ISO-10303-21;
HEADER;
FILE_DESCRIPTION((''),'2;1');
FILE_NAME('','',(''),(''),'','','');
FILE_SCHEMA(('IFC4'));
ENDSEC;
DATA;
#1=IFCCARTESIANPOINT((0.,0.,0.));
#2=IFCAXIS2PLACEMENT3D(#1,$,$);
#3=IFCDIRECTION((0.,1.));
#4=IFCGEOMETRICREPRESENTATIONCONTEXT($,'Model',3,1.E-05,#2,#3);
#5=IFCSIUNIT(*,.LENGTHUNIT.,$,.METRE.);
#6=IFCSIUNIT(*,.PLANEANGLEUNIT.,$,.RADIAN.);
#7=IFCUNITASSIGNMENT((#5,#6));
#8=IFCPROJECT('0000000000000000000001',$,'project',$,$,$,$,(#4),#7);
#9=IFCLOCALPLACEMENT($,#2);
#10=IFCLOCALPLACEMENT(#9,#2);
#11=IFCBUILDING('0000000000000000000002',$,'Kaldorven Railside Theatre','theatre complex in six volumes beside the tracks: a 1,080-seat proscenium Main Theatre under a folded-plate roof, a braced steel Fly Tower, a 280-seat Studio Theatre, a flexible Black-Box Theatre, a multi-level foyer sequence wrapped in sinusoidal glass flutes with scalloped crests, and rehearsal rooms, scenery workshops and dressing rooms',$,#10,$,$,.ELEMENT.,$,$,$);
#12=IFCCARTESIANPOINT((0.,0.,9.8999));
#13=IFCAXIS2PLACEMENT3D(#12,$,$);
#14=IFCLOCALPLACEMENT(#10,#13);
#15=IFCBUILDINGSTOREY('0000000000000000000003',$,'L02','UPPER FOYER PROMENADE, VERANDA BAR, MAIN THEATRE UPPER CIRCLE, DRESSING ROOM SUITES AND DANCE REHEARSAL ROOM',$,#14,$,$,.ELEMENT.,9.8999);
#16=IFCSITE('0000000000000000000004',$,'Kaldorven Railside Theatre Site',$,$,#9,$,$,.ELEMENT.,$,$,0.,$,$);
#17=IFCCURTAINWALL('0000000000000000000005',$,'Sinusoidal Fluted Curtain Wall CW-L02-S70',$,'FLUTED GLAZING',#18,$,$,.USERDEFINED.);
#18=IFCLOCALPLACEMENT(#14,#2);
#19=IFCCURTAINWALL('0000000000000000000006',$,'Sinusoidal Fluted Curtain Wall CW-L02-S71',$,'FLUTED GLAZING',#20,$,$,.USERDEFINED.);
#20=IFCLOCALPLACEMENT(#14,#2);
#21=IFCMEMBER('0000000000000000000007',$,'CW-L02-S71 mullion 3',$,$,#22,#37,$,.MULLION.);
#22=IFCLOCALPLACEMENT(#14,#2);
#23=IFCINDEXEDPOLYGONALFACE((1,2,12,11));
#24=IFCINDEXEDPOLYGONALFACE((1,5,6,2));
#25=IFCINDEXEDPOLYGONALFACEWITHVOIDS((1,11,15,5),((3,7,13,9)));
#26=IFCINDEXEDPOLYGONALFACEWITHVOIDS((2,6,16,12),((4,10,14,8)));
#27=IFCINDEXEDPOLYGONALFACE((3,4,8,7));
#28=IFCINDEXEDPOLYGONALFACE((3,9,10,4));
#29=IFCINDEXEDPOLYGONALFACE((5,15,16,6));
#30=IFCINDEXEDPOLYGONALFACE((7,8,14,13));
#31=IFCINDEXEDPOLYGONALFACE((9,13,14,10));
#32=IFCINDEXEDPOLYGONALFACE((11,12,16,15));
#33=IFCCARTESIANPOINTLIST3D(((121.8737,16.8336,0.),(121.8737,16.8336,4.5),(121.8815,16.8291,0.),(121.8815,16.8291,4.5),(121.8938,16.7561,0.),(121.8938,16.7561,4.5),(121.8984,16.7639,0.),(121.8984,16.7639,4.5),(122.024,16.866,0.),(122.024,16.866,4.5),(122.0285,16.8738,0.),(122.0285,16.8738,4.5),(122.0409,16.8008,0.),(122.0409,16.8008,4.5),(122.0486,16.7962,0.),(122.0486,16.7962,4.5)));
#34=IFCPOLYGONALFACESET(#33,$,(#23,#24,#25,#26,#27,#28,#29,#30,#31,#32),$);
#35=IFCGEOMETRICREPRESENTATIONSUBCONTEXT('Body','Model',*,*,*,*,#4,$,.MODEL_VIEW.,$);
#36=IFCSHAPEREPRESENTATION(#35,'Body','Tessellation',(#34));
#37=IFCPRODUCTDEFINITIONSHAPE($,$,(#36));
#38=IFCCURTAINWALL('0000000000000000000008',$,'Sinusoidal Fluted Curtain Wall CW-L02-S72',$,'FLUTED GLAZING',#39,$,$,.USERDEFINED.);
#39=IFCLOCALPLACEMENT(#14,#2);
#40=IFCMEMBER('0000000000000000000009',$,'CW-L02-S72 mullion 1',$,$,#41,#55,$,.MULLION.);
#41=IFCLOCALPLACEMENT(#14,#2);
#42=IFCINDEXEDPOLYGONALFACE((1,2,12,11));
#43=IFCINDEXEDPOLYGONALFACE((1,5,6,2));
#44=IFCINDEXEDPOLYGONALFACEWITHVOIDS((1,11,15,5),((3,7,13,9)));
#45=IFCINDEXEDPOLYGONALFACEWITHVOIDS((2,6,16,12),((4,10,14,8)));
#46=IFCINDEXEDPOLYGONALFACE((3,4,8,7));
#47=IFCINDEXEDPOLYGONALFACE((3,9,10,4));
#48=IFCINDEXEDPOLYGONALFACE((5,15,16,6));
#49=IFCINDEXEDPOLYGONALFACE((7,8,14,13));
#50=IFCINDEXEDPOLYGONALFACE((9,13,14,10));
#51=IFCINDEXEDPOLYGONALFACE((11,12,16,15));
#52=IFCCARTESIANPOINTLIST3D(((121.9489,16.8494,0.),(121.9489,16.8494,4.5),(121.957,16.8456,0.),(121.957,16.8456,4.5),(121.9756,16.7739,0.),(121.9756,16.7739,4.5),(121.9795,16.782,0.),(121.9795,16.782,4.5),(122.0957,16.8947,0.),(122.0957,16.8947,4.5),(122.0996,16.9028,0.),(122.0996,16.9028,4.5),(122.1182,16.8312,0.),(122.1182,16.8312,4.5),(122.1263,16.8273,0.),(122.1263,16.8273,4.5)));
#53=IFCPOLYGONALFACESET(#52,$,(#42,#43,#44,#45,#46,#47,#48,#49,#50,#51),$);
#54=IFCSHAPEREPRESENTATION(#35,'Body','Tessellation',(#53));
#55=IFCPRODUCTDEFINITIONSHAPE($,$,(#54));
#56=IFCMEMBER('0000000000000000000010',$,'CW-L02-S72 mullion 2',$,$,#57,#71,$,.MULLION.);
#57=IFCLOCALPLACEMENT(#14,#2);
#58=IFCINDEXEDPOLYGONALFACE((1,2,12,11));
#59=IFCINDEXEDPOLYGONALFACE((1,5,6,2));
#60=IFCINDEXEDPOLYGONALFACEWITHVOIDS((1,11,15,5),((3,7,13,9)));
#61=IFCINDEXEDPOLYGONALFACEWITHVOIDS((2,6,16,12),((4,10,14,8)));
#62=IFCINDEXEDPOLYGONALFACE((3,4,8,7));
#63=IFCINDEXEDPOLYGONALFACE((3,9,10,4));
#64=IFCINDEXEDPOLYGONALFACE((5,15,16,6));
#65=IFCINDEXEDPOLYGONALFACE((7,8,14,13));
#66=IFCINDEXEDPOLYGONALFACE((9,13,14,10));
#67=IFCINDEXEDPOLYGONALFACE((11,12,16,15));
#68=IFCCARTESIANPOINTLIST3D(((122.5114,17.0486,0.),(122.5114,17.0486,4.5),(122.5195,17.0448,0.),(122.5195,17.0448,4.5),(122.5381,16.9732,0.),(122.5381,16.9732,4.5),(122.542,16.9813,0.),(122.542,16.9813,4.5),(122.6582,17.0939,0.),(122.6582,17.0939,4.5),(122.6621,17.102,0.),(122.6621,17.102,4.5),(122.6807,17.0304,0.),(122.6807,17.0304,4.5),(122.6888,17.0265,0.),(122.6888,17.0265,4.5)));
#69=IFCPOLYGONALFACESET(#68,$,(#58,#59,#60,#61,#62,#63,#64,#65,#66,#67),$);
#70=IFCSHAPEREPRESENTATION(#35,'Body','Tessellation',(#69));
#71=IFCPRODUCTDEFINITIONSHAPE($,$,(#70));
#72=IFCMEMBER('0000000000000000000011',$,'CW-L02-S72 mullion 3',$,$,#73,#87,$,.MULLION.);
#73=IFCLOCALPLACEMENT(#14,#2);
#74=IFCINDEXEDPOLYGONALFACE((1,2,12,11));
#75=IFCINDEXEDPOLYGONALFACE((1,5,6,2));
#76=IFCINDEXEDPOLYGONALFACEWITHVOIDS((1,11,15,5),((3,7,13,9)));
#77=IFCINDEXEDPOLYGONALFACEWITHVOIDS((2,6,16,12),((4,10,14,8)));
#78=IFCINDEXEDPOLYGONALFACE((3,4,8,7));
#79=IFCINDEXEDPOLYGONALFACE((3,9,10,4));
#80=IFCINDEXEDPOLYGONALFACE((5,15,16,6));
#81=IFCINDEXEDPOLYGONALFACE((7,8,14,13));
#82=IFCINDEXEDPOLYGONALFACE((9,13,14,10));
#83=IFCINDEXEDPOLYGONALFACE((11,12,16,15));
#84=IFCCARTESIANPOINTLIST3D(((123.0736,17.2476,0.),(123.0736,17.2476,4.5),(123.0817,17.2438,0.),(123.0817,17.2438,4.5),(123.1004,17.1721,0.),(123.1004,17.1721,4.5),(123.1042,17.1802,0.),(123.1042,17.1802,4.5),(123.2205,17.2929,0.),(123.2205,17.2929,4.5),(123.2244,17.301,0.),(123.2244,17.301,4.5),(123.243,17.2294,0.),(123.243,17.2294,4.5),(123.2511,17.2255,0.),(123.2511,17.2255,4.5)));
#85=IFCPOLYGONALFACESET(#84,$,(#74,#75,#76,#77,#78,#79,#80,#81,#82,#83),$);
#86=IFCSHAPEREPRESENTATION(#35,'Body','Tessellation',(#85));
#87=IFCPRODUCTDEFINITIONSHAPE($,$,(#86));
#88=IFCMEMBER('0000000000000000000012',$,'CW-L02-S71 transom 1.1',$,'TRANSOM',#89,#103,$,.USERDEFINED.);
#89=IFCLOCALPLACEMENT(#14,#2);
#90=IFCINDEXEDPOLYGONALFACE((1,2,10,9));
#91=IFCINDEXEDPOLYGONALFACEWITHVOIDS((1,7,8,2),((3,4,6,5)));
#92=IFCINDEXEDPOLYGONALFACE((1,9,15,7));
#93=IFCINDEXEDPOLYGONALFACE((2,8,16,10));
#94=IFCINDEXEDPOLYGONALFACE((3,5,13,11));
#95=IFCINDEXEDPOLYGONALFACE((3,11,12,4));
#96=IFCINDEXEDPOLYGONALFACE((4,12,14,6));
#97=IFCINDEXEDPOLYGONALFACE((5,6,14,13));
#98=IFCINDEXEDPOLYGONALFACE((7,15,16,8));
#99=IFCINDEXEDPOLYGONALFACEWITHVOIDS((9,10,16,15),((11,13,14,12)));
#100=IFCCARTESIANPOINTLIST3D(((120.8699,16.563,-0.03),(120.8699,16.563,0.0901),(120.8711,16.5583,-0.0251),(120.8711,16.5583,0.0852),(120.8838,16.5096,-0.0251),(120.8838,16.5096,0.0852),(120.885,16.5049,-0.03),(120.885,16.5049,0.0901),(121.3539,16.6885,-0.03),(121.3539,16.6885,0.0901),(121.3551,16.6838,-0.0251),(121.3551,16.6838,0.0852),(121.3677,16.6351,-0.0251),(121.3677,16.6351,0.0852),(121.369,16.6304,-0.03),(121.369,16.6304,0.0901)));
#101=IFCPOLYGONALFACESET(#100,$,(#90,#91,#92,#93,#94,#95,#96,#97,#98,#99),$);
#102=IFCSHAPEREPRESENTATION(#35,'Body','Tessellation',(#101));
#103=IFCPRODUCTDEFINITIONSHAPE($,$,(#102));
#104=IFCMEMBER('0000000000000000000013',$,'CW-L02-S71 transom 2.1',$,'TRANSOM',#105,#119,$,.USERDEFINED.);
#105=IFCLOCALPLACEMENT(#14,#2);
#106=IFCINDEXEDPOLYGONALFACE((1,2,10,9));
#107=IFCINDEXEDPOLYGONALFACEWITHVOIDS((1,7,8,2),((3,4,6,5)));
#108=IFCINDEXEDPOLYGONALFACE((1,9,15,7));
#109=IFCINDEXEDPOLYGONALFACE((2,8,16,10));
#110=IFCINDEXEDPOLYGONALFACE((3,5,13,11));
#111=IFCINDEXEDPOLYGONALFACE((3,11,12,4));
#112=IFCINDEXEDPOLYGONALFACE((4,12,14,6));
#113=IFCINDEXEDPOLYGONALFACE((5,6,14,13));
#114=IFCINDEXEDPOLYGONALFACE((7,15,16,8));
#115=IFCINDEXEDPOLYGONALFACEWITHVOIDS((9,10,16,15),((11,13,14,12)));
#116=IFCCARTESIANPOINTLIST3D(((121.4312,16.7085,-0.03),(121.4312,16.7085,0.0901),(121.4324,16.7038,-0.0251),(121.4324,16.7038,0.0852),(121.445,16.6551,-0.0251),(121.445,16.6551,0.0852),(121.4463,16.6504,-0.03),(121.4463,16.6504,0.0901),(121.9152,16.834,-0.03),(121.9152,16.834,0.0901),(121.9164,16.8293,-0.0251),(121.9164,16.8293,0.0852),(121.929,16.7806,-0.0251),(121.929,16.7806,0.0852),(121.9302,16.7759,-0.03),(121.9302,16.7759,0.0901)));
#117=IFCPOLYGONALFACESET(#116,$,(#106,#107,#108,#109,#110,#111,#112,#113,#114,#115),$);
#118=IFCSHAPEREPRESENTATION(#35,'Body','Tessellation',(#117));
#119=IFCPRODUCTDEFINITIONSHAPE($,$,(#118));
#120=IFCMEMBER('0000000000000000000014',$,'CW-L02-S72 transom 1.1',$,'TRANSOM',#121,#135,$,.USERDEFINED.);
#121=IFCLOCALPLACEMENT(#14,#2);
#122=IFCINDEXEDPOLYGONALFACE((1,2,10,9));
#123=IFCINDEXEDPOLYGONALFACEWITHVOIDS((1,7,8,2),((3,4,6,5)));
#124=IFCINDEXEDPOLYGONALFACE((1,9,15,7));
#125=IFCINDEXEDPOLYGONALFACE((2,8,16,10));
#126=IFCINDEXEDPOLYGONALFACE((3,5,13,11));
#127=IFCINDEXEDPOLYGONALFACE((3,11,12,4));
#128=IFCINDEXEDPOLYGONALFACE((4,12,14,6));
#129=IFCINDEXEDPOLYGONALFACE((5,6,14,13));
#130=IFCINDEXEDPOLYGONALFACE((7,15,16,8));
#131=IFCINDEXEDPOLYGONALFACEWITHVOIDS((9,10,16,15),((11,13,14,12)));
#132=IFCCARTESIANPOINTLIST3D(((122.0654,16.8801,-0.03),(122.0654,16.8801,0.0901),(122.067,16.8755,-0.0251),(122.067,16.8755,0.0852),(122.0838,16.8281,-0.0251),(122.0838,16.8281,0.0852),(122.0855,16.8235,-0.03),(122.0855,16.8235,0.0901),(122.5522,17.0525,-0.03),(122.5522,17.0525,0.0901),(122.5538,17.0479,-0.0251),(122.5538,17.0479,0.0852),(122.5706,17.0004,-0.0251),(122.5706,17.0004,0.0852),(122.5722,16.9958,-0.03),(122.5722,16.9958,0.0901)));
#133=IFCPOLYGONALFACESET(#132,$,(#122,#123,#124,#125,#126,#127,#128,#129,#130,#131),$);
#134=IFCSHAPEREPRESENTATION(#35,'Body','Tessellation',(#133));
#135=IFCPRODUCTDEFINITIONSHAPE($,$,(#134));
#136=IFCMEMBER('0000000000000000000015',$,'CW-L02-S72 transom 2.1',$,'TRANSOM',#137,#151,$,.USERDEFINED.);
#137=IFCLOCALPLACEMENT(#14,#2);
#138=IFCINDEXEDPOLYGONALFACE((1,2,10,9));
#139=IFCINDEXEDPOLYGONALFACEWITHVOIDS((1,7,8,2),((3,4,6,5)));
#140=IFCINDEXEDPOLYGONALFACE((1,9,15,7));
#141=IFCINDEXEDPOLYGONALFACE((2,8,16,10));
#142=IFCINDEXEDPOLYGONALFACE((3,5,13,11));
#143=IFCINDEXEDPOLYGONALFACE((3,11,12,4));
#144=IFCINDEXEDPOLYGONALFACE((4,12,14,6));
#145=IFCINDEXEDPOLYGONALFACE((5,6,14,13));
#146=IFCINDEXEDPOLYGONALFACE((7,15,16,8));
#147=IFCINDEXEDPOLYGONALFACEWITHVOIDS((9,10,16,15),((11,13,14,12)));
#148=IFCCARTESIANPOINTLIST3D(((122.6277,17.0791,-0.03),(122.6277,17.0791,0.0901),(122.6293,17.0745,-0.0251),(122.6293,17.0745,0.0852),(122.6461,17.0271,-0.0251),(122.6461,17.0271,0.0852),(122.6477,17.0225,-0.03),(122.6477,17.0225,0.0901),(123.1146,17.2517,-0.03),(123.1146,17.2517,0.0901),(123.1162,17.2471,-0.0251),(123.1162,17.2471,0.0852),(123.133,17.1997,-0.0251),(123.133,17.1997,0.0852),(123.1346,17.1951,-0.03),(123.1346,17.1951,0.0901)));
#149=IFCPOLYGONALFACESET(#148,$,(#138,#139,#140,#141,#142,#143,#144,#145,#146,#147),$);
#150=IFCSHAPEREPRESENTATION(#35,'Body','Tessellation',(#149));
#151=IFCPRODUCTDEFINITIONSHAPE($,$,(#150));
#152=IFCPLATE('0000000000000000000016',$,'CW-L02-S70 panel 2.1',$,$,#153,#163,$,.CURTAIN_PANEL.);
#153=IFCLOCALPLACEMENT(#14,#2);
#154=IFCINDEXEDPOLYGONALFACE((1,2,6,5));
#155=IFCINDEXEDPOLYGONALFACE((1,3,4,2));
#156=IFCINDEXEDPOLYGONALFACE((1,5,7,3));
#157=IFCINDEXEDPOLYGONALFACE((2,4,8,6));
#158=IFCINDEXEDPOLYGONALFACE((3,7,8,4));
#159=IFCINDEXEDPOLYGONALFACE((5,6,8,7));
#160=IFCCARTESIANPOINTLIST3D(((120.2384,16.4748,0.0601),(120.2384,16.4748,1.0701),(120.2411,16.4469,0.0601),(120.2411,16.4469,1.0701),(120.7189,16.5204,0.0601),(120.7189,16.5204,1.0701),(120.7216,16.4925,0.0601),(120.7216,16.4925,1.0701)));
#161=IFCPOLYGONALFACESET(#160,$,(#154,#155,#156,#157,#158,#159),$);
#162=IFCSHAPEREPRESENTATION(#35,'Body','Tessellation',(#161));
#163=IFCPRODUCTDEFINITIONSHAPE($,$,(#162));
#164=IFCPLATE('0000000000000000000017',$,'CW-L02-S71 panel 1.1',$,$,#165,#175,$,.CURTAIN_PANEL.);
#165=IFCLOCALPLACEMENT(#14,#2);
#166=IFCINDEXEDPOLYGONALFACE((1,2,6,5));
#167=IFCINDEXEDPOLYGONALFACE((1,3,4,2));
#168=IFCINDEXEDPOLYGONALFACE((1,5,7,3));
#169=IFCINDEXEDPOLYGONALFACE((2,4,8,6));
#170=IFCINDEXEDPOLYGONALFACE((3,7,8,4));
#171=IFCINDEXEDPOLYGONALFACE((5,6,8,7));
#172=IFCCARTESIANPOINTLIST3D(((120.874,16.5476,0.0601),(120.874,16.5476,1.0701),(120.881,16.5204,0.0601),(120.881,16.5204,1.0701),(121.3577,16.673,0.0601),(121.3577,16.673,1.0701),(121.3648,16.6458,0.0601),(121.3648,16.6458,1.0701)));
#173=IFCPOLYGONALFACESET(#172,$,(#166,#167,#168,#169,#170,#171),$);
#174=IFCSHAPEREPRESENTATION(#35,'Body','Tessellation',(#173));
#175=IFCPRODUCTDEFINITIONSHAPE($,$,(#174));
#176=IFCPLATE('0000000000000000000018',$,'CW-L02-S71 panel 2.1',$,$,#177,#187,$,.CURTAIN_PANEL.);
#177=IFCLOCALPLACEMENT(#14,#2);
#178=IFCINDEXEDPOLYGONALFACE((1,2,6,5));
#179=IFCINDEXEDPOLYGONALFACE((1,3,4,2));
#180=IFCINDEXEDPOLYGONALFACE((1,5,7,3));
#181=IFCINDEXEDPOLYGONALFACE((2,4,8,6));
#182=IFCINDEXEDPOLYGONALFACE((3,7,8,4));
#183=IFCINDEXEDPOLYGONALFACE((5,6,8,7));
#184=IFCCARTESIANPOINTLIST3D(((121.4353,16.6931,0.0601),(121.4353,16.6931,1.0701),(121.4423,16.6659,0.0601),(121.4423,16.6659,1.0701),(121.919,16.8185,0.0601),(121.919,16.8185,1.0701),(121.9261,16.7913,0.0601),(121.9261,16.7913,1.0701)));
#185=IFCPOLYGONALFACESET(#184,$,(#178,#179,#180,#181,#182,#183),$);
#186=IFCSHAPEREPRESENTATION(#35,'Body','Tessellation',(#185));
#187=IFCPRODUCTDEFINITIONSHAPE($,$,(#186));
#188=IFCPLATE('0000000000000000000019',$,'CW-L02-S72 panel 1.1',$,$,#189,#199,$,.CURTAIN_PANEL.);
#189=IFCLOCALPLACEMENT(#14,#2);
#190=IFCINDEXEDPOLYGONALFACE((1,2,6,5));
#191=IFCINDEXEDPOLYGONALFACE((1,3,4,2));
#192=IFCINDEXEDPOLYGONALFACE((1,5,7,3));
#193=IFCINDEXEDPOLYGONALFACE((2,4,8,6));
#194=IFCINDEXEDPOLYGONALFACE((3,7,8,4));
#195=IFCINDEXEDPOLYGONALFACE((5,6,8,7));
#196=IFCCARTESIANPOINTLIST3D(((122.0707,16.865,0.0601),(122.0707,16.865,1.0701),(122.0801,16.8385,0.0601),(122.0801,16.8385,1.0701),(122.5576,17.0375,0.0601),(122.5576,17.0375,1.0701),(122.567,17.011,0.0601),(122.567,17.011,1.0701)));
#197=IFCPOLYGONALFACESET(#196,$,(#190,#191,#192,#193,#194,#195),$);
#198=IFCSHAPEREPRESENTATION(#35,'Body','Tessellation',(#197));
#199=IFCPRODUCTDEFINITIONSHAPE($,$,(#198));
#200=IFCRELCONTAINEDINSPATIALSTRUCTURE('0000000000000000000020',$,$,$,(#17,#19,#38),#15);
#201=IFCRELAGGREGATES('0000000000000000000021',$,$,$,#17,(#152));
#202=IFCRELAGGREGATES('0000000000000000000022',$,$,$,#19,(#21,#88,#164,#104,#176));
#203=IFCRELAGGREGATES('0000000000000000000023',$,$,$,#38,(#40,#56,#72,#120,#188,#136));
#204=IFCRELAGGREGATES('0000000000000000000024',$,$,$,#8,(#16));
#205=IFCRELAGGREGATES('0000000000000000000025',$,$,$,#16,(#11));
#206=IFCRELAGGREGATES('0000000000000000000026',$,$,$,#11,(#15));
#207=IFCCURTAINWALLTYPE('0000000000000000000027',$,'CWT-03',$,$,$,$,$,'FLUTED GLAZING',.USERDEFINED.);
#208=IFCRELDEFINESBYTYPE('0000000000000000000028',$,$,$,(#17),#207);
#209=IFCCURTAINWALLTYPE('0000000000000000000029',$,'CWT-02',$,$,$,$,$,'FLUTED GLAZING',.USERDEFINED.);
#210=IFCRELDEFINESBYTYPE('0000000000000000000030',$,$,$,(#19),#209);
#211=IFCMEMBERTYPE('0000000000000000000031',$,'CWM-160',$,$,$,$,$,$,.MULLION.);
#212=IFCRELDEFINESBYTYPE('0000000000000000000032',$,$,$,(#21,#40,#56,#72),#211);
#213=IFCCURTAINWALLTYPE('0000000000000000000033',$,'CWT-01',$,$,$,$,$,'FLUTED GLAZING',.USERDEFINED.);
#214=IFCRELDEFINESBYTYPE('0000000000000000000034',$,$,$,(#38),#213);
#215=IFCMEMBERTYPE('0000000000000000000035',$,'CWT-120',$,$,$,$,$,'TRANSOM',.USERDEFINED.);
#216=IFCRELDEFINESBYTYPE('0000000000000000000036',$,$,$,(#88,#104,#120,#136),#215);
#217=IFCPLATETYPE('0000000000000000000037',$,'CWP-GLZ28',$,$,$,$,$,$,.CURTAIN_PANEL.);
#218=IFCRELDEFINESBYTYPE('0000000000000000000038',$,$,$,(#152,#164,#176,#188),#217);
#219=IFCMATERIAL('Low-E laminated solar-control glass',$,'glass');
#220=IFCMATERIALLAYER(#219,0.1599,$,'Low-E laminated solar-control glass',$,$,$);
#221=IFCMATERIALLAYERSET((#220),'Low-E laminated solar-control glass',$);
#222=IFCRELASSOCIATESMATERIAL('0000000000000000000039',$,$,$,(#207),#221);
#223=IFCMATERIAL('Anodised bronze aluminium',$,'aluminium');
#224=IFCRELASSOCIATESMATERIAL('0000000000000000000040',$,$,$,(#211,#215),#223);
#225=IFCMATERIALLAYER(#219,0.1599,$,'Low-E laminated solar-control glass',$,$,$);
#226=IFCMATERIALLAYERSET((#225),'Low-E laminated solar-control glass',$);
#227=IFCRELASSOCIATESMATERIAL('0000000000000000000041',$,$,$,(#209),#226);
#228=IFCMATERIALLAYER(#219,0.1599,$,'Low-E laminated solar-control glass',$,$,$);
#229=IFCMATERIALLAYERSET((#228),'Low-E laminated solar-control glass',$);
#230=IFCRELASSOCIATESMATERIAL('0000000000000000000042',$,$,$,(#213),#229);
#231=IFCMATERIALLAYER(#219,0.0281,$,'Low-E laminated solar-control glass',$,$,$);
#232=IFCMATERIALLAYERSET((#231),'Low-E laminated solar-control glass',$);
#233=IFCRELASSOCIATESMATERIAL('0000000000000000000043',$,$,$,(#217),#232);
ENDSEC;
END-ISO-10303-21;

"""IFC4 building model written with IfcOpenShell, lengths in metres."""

from ifc_helpers import new_model, si_unit, direction, frame, origin, origin_2d, place, context, subcontext, project, spatial, rectangle, hollow_rectangle, extrude, material, layer, layer_set, material_profile, profile_set, type_object, element, aggregate, save


model = new_model("IFC4")

# Units and contexts
model_context = context("Model", 3, precision=1e-05, world=origin(), true_north=direction((0.0, 1.0)))
body_context = subcontext(model_context, "Body", "Model", "MODEL_VIEW")
ifc_project = project(units=[si_unit("LENGTHUNIT", "METRE"), si_unit("PLANEANGLEUNIT", "RADIAN")], contexts=[model_context])

# Site, building, storey
site_placement = place(None, origin())
site = spatial("IfcSite", under=ifc_project, at=site_placement, Name="Kaldorven Railside Theatre Site", CompositionType="ELEMENT", RefElevation=0.0)
building_placement = place(site_placement, origin())
building = spatial("IfcBuilding", under=site, at=building_placement, Name="Kaldorven Railside Theatre", Description="theatre complex in six volumes beside the tracks: a 1,080-seat proscenium Main Theatre under a folded-plate roof, a braced steel Fly Tower, a 280-seat Studio Theatre, a flexible Black-Box Theatre, a multi-level foyer sequence wrapped in sinusoidal glass flutes with scalloped crests, and rehearsal rooms, scenery workshops and dressing rooms", CompositionType="ELEMENT")
storey_placement = place(building_placement, frame((0.0, 0.0, 9.8999)))
storey = spatial("IfcBuildingStorey", under=building, at=storey_placement, Name="L02", Description="UPPER FOYER PROMENADE, VERANDA BAR, MAIN THEATRE UPPER CIRCLE, DRESSING ROOM SUITES AND DANCE REHEARSAL ROOM", CompositionType="ELEMENT", Elevation=9.8999)

# Curtain wall
ifc_material_1 = material(Name="Low-E laminated solar-control glass", Category="glass")
ifc_layer_1 = layer(ifc_material_1, 0.1599, Name="Low-E laminated solar-control glass")
ifc_layer_set_1 = layer_set([ifc_layer_1], Name="Low-E laminated solar-control glass")
curtain_wall_type_1 = type_object("IfcCurtainWallType", Name="CWT-03", ElementType="FLUTED GLAZING", PredefinedType="USERDEFINED", material=ifc_layer_set_1)
curtain_wall_1_placement = place(storey_placement, origin())
curtain_wall_1 = element("IfcCurtainWall", 1, at=curtain_wall_1_placement, inside=storey, type_object=curtain_wall_type_1, Name="Sinusoidal Fluted Curtain Wall CW-L02-S70", ObjectType="FLUTED GLAZING", PredefinedType="USERDEFINED")
ifc_material_2 = material(Name="Anodised bronze aluminium", Category="aluminium")
ifc_material_profile_1 = material_profile(ifc_material_2, hollow_rectangle(XDim=0.0801, YDim=0.1599, WallThickness=0.0063, at=origin_2d()), Name="RHS 160x80x6.3")
ifc_profile_set_1 = profile_set([ifc_material_profile_1], Name="Anodised bronze aluminium")
member_type_1 = type_object("IfcMemberType", Name="CWM-160", PredefinedType="MULLION", material=ifc_profile_set_1)

# Curtain walls, members
ifc_layer_2 = layer(ifc_material_1, 0.1599, Name="Low-E laminated solar-control glass")
ifc_layer_set_2 = layer_set([ifc_layer_2], Name="Low-E laminated solar-control glass")
curtain_wall_type_2 = type_object("IfcCurtainWallType", Name="CWT-02", ElementType="FLUTED GLAZING", PredefinedType="USERDEFINED", material=ifc_layer_set_2)
curtain_wall_2_placement = place(storey_placement, origin())
curtain_wall_2 = element("IfcCurtainWall", 2, at=curtain_wall_2_placement, inside=storey, type_object=curtain_wall_type_2, Name="Sinusoidal Fluted Curtain Wall CW-L02-S71", ObjectType="FLUTED GLAZING", PredefinedType="USERDEFINED")
member_1_placement = place(storey_placement, frame((121.9612, 16.8149, 0.0), z_axis=(0.0, 0.0, 1.0), x_axis=(-0.250954, 0.967999, 0.0)))
member_1 = element("IfcMember", 3, at=member_1_placement, type_object=member_type_1, Name="CW-L02-S71 mullion 3", PredefinedType="MULLION", context=body_context, shape_type="SweptSolid", body=[
    extrude(hollow_rectangle(XDim=0.0801, YDim=0.1599, WallThickness=0.0063, at=origin_2d()), origin(), (0.0, 0.0, 1.0), 4.5),
])
ifc_layer_3 = layer(ifc_material_1, 0.1599, Name="Low-E laminated solar-control glass")
ifc_layer_set_3 = layer_set([ifc_layer_3], Name="Low-E laminated solar-control glass")
curtain_wall_type_3 = type_object("IfcCurtainWallType", Name="CWT-01", ElementType="FLUTED GLAZING", PredefinedType="USERDEFINED", material=ifc_layer_set_3)
curtain_wall_3_placement = place(storey_placement, origin())
curtain_wall_3 = element("IfcCurtainWall", 4, at=curtain_wall_3_placement, inside=storey, type_object=curtain_wall_type_3, Name="Sinusoidal Fluted Curtain Wall CW-L02-S72", ObjectType="FLUTED GLAZING", PredefinedType="USERDEFINED")
member_2_placement = place(storey_placement, frame((122.0376, 16.8384, 0.0), z_axis=(0.0, 0.0, 1.0), x_axis=(-0.333847, 0.942627, 0.0)))
member_2 = element("IfcMember", 5, at=member_2_placement, type_object=member_type_1, Name="CW-L02-S72 mullion 1", PredefinedType="MULLION", context=body_context, shape_type="SweptSolid", body=[
    extrude(hollow_rectangle(XDim=0.0801, YDim=0.1599, WallThickness=0.0063, at=origin_2d()), origin(), (0.0, 0.0, 1.0), 4.5),
])
member_3_placement = place(storey_placement, frame((122.6001, 17.0376, 0.0), z_axis=(0.0, 0.0, 1.0), x_axis=(-0.333847, 0.942627, 0.0)))
member_3 = element("IfcMember", 6, at=member_3_placement, type_object=member_type_1, Name="CW-L02-S72 mullion 2", PredefinedType="MULLION", context=body_context, shape_type="SweptSolid", body=[
    extrude(hollow_rectangle(XDim=0.0801, YDim=0.1599, WallThickness=0.0063, at=origin_2d()), origin(), (0.0, 0.0, 1.0), 4.5),
])
member_4_placement = place(storey_placement, frame((123.1624, 17.2366, 0.0), z_axis=(0.0, 0.0, 1.0), x_axis=(-0.333847, 0.942627, 0.0)))
member_4 = element("IfcMember", 7, at=member_4_placement, type_object=member_type_1, Name="CW-L02-S72 mullion 3", PredefinedType="MULLION", context=body_context, shape_type="SweptSolid", body=[
    extrude(hollow_rectangle(XDim=0.0801, YDim=0.1599, WallThickness=0.0063, at=origin_2d()), origin(), (0.0, 0.0, 1.0), 4.5),
])

# Members
ifc_material_profile_2 = material_profile(ifc_material_2, hollow_rectangle(XDim=0.0601, YDim=0.1201, WallThickness=0.0049, at=origin_2d()), Name="RHS 120x60x5")
ifc_profile_set_2 = profile_set([ifc_material_profile_2], Name="Anodised bronze aluminium")
member_type_2 = type_object("IfcMemberType", Name="CWT-120", ElementType="TRANSOM", PredefinedType="USERDEFINED", material=ifc_profile_set_2)
member_5_placement = place(storey_placement, frame((120.8774, 16.5339, 0.03), z_axis=(0.967979, 0.25103, 0.0), x_axis=(-0.25103, 0.967979, 0.0)))
member_5 = element("IfcMember", 8, at=member_5_placement, type_object=member_type_2, Name="CW-L02-S71 transom 1.1", ObjectType="TRANSOM", PredefinedType="USERDEFINED", context=body_context, shape_type="SweptSolid", body=[
    extrude(hollow_rectangle(XDim=0.0601, YDim=0.1201, WallThickness=0.0049, at=origin_2d()), origin(), (0.0, 0.0, 1.0), 0.5),
])
member_6_placement = place(storey_placement, frame((121.4387, 16.6794, 0.03), z_axis=(0.967979, 0.25103, 0.0), x_axis=(-0.25103, 0.967979, 0.0)))
member_6 = element("IfcMember", 9, at=member_6_placement, type_object=member_type_2, Name="CW-L02-S71 transom 2.1", ObjectType="TRANSOM", PredefinedType="USERDEFINED", context=body_context, shape_type="SweptSolid", body=[
    extrude(hollow_rectangle(XDim=0.0601, YDim=0.1201, WallThickness=0.0049, at=origin_2d()), origin(), (0.0, 0.0, 1.0), 0.5),
])
member_7_placement = place(storey_placement, frame((122.0754, 16.8518, 0.03), z_axis=(0.942658, 0.33376, 0.0), x_axis=(-0.33376, 0.942658, 0.0)))
member_7 = element("IfcMember", 10, at=member_7_placement, type_object=member_type_2, Name="CW-L02-S72 transom 1.1", ObjectType="TRANSOM", PredefinedType="USERDEFINED", context=body_context, shape_type="SweptSolid", body=[
    extrude(hollow_rectangle(XDim=0.0601, YDim=0.1201, WallThickness=0.0049, at=origin_2d()), origin(), (0.0, 0.0, 1.0), 0.5164),
])
member_8_placement = place(storey_placement, frame((122.6377, 17.0508, 0.03), z_axis=(0.942509, 0.33418, 0.0), x_axis=(-0.33418, 0.942509, 0.0)))
member_8 = element("IfcMember", 11, at=member_8_placement, type_object=member_type_2, Name="CW-L02-S72 transom 2.1", ObjectType="TRANSOM", PredefinedType="USERDEFINED", context=body_context, shape_type="SweptSolid", body=[
    extrude(hollow_rectangle(XDim=0.0601, YDim=0.1201, WallThickness=0.0049, at=origin_2d()), origin(), (0.0, 0.0, 1.0), 0.5166),
])

# Plates
ifc_layer_4 = layer(ifc_material_1, 0.0281, Name="Low-E laminated solar-control glass")
ifc_layer_set_4 = layer_set([ifc_layer_4], Name="Low-E laminated solar-control glass")
plate_type = type_object("IfcPlateType", Name="CWP-GLZ28", PredefinedType="CURTAIN_PANEL", material=ifc_layer_set_4)
plate_1_placement = place(storey_placement, frame((120.48, 16.4836, 0.0601), z_axis=(0.0, 0.0, 1.0), x_axis=(0.995526, 0.094492, 0.0)))
plate_1 = element("IfcPlate", 12, at=plate_1_placement, type_object=plate_type, Name="CW-L02-S70 panel 2.1", PredefinedType="CURTAIN_PANEL", context=body_context, shape_type="SweptSolid", body=[
    extrude(rectangle(XDim=0.4827, YDim=0.0281, at=origin_2d()), origin(), (0.0, 0.0, 1.0), 1.01),
])
aggregate(curtain_wall_1, [plate_1])
plate_2_placement = place(storey_placement, frame((121.1194, 16.5967, 0.0601), z_axis=(0.0, 0.0, 1.0), x_axis=(0.967999, 0.250954, 0.0)))
plate_2 = element("IfcPlate", 13, at=plate_2_placement, type_object=plate_type, Name="CW-L02-S71 panel 1.1", PredefinedType="CURTAIN_PANEL", context=body_context, shape_type="SweptSolid", body=[
    extrude(rectangle(XDim=0.4998, YDim=0.0281, at=origin_2d()), origin(), (0.0, 0.0, 1.0), 1.01),
])
plate_3_placement = place(storey_placement, frame((121.6807, 16.7422, 0.0601), z_axis=(0.0, 0.0, 1.0), x_axis=(0.967999, 0.250954, 0.0)))
plate_3 = element("IfcPlate", 14, at=plate_3_placement, type_object=plate_type, Name="CW-L02-S71 panel 2.1", PredefinedType="CURTAIN_PANEL", context=body_context, shape_type="SweptSolid", body=[
    extrude(rectangle(XDim=0.4998, YDim=0.0281, at=origin_2d()), origin(), (0.0, 0.0, 1.0), 1.01),
])
aggregate(curtain_wall_2, [member_1, member_5, plate_2, member_6, plate_3])
plate_4_placement = place(storey_placement, frame((122.3188, 16.938, 0.0601), z_axis=(0.0, 0.0, 1.0), x_axis=(0.942627, 0.333847, 0.0)))
plate_4 = element("IfcPlate", 15, at=plate_4_placement, type_object=plate_type, Name="CW-L02-S72 panel 1.1", PredefinedType="CURTAIN_PANEL", context=body_context, shape_type="SweptSolid", body=[
    extrude(rectangle(XDim=0.5166, YDim=0.0281, at=origin_2d()), origin(), (0.0, 0.0, 1.0), 1.01),
])
aggregate(curtain_wall_3, [member_2, member_3, member_4, member_7, plate_4, member_8])

save(model, "model.ifc")
